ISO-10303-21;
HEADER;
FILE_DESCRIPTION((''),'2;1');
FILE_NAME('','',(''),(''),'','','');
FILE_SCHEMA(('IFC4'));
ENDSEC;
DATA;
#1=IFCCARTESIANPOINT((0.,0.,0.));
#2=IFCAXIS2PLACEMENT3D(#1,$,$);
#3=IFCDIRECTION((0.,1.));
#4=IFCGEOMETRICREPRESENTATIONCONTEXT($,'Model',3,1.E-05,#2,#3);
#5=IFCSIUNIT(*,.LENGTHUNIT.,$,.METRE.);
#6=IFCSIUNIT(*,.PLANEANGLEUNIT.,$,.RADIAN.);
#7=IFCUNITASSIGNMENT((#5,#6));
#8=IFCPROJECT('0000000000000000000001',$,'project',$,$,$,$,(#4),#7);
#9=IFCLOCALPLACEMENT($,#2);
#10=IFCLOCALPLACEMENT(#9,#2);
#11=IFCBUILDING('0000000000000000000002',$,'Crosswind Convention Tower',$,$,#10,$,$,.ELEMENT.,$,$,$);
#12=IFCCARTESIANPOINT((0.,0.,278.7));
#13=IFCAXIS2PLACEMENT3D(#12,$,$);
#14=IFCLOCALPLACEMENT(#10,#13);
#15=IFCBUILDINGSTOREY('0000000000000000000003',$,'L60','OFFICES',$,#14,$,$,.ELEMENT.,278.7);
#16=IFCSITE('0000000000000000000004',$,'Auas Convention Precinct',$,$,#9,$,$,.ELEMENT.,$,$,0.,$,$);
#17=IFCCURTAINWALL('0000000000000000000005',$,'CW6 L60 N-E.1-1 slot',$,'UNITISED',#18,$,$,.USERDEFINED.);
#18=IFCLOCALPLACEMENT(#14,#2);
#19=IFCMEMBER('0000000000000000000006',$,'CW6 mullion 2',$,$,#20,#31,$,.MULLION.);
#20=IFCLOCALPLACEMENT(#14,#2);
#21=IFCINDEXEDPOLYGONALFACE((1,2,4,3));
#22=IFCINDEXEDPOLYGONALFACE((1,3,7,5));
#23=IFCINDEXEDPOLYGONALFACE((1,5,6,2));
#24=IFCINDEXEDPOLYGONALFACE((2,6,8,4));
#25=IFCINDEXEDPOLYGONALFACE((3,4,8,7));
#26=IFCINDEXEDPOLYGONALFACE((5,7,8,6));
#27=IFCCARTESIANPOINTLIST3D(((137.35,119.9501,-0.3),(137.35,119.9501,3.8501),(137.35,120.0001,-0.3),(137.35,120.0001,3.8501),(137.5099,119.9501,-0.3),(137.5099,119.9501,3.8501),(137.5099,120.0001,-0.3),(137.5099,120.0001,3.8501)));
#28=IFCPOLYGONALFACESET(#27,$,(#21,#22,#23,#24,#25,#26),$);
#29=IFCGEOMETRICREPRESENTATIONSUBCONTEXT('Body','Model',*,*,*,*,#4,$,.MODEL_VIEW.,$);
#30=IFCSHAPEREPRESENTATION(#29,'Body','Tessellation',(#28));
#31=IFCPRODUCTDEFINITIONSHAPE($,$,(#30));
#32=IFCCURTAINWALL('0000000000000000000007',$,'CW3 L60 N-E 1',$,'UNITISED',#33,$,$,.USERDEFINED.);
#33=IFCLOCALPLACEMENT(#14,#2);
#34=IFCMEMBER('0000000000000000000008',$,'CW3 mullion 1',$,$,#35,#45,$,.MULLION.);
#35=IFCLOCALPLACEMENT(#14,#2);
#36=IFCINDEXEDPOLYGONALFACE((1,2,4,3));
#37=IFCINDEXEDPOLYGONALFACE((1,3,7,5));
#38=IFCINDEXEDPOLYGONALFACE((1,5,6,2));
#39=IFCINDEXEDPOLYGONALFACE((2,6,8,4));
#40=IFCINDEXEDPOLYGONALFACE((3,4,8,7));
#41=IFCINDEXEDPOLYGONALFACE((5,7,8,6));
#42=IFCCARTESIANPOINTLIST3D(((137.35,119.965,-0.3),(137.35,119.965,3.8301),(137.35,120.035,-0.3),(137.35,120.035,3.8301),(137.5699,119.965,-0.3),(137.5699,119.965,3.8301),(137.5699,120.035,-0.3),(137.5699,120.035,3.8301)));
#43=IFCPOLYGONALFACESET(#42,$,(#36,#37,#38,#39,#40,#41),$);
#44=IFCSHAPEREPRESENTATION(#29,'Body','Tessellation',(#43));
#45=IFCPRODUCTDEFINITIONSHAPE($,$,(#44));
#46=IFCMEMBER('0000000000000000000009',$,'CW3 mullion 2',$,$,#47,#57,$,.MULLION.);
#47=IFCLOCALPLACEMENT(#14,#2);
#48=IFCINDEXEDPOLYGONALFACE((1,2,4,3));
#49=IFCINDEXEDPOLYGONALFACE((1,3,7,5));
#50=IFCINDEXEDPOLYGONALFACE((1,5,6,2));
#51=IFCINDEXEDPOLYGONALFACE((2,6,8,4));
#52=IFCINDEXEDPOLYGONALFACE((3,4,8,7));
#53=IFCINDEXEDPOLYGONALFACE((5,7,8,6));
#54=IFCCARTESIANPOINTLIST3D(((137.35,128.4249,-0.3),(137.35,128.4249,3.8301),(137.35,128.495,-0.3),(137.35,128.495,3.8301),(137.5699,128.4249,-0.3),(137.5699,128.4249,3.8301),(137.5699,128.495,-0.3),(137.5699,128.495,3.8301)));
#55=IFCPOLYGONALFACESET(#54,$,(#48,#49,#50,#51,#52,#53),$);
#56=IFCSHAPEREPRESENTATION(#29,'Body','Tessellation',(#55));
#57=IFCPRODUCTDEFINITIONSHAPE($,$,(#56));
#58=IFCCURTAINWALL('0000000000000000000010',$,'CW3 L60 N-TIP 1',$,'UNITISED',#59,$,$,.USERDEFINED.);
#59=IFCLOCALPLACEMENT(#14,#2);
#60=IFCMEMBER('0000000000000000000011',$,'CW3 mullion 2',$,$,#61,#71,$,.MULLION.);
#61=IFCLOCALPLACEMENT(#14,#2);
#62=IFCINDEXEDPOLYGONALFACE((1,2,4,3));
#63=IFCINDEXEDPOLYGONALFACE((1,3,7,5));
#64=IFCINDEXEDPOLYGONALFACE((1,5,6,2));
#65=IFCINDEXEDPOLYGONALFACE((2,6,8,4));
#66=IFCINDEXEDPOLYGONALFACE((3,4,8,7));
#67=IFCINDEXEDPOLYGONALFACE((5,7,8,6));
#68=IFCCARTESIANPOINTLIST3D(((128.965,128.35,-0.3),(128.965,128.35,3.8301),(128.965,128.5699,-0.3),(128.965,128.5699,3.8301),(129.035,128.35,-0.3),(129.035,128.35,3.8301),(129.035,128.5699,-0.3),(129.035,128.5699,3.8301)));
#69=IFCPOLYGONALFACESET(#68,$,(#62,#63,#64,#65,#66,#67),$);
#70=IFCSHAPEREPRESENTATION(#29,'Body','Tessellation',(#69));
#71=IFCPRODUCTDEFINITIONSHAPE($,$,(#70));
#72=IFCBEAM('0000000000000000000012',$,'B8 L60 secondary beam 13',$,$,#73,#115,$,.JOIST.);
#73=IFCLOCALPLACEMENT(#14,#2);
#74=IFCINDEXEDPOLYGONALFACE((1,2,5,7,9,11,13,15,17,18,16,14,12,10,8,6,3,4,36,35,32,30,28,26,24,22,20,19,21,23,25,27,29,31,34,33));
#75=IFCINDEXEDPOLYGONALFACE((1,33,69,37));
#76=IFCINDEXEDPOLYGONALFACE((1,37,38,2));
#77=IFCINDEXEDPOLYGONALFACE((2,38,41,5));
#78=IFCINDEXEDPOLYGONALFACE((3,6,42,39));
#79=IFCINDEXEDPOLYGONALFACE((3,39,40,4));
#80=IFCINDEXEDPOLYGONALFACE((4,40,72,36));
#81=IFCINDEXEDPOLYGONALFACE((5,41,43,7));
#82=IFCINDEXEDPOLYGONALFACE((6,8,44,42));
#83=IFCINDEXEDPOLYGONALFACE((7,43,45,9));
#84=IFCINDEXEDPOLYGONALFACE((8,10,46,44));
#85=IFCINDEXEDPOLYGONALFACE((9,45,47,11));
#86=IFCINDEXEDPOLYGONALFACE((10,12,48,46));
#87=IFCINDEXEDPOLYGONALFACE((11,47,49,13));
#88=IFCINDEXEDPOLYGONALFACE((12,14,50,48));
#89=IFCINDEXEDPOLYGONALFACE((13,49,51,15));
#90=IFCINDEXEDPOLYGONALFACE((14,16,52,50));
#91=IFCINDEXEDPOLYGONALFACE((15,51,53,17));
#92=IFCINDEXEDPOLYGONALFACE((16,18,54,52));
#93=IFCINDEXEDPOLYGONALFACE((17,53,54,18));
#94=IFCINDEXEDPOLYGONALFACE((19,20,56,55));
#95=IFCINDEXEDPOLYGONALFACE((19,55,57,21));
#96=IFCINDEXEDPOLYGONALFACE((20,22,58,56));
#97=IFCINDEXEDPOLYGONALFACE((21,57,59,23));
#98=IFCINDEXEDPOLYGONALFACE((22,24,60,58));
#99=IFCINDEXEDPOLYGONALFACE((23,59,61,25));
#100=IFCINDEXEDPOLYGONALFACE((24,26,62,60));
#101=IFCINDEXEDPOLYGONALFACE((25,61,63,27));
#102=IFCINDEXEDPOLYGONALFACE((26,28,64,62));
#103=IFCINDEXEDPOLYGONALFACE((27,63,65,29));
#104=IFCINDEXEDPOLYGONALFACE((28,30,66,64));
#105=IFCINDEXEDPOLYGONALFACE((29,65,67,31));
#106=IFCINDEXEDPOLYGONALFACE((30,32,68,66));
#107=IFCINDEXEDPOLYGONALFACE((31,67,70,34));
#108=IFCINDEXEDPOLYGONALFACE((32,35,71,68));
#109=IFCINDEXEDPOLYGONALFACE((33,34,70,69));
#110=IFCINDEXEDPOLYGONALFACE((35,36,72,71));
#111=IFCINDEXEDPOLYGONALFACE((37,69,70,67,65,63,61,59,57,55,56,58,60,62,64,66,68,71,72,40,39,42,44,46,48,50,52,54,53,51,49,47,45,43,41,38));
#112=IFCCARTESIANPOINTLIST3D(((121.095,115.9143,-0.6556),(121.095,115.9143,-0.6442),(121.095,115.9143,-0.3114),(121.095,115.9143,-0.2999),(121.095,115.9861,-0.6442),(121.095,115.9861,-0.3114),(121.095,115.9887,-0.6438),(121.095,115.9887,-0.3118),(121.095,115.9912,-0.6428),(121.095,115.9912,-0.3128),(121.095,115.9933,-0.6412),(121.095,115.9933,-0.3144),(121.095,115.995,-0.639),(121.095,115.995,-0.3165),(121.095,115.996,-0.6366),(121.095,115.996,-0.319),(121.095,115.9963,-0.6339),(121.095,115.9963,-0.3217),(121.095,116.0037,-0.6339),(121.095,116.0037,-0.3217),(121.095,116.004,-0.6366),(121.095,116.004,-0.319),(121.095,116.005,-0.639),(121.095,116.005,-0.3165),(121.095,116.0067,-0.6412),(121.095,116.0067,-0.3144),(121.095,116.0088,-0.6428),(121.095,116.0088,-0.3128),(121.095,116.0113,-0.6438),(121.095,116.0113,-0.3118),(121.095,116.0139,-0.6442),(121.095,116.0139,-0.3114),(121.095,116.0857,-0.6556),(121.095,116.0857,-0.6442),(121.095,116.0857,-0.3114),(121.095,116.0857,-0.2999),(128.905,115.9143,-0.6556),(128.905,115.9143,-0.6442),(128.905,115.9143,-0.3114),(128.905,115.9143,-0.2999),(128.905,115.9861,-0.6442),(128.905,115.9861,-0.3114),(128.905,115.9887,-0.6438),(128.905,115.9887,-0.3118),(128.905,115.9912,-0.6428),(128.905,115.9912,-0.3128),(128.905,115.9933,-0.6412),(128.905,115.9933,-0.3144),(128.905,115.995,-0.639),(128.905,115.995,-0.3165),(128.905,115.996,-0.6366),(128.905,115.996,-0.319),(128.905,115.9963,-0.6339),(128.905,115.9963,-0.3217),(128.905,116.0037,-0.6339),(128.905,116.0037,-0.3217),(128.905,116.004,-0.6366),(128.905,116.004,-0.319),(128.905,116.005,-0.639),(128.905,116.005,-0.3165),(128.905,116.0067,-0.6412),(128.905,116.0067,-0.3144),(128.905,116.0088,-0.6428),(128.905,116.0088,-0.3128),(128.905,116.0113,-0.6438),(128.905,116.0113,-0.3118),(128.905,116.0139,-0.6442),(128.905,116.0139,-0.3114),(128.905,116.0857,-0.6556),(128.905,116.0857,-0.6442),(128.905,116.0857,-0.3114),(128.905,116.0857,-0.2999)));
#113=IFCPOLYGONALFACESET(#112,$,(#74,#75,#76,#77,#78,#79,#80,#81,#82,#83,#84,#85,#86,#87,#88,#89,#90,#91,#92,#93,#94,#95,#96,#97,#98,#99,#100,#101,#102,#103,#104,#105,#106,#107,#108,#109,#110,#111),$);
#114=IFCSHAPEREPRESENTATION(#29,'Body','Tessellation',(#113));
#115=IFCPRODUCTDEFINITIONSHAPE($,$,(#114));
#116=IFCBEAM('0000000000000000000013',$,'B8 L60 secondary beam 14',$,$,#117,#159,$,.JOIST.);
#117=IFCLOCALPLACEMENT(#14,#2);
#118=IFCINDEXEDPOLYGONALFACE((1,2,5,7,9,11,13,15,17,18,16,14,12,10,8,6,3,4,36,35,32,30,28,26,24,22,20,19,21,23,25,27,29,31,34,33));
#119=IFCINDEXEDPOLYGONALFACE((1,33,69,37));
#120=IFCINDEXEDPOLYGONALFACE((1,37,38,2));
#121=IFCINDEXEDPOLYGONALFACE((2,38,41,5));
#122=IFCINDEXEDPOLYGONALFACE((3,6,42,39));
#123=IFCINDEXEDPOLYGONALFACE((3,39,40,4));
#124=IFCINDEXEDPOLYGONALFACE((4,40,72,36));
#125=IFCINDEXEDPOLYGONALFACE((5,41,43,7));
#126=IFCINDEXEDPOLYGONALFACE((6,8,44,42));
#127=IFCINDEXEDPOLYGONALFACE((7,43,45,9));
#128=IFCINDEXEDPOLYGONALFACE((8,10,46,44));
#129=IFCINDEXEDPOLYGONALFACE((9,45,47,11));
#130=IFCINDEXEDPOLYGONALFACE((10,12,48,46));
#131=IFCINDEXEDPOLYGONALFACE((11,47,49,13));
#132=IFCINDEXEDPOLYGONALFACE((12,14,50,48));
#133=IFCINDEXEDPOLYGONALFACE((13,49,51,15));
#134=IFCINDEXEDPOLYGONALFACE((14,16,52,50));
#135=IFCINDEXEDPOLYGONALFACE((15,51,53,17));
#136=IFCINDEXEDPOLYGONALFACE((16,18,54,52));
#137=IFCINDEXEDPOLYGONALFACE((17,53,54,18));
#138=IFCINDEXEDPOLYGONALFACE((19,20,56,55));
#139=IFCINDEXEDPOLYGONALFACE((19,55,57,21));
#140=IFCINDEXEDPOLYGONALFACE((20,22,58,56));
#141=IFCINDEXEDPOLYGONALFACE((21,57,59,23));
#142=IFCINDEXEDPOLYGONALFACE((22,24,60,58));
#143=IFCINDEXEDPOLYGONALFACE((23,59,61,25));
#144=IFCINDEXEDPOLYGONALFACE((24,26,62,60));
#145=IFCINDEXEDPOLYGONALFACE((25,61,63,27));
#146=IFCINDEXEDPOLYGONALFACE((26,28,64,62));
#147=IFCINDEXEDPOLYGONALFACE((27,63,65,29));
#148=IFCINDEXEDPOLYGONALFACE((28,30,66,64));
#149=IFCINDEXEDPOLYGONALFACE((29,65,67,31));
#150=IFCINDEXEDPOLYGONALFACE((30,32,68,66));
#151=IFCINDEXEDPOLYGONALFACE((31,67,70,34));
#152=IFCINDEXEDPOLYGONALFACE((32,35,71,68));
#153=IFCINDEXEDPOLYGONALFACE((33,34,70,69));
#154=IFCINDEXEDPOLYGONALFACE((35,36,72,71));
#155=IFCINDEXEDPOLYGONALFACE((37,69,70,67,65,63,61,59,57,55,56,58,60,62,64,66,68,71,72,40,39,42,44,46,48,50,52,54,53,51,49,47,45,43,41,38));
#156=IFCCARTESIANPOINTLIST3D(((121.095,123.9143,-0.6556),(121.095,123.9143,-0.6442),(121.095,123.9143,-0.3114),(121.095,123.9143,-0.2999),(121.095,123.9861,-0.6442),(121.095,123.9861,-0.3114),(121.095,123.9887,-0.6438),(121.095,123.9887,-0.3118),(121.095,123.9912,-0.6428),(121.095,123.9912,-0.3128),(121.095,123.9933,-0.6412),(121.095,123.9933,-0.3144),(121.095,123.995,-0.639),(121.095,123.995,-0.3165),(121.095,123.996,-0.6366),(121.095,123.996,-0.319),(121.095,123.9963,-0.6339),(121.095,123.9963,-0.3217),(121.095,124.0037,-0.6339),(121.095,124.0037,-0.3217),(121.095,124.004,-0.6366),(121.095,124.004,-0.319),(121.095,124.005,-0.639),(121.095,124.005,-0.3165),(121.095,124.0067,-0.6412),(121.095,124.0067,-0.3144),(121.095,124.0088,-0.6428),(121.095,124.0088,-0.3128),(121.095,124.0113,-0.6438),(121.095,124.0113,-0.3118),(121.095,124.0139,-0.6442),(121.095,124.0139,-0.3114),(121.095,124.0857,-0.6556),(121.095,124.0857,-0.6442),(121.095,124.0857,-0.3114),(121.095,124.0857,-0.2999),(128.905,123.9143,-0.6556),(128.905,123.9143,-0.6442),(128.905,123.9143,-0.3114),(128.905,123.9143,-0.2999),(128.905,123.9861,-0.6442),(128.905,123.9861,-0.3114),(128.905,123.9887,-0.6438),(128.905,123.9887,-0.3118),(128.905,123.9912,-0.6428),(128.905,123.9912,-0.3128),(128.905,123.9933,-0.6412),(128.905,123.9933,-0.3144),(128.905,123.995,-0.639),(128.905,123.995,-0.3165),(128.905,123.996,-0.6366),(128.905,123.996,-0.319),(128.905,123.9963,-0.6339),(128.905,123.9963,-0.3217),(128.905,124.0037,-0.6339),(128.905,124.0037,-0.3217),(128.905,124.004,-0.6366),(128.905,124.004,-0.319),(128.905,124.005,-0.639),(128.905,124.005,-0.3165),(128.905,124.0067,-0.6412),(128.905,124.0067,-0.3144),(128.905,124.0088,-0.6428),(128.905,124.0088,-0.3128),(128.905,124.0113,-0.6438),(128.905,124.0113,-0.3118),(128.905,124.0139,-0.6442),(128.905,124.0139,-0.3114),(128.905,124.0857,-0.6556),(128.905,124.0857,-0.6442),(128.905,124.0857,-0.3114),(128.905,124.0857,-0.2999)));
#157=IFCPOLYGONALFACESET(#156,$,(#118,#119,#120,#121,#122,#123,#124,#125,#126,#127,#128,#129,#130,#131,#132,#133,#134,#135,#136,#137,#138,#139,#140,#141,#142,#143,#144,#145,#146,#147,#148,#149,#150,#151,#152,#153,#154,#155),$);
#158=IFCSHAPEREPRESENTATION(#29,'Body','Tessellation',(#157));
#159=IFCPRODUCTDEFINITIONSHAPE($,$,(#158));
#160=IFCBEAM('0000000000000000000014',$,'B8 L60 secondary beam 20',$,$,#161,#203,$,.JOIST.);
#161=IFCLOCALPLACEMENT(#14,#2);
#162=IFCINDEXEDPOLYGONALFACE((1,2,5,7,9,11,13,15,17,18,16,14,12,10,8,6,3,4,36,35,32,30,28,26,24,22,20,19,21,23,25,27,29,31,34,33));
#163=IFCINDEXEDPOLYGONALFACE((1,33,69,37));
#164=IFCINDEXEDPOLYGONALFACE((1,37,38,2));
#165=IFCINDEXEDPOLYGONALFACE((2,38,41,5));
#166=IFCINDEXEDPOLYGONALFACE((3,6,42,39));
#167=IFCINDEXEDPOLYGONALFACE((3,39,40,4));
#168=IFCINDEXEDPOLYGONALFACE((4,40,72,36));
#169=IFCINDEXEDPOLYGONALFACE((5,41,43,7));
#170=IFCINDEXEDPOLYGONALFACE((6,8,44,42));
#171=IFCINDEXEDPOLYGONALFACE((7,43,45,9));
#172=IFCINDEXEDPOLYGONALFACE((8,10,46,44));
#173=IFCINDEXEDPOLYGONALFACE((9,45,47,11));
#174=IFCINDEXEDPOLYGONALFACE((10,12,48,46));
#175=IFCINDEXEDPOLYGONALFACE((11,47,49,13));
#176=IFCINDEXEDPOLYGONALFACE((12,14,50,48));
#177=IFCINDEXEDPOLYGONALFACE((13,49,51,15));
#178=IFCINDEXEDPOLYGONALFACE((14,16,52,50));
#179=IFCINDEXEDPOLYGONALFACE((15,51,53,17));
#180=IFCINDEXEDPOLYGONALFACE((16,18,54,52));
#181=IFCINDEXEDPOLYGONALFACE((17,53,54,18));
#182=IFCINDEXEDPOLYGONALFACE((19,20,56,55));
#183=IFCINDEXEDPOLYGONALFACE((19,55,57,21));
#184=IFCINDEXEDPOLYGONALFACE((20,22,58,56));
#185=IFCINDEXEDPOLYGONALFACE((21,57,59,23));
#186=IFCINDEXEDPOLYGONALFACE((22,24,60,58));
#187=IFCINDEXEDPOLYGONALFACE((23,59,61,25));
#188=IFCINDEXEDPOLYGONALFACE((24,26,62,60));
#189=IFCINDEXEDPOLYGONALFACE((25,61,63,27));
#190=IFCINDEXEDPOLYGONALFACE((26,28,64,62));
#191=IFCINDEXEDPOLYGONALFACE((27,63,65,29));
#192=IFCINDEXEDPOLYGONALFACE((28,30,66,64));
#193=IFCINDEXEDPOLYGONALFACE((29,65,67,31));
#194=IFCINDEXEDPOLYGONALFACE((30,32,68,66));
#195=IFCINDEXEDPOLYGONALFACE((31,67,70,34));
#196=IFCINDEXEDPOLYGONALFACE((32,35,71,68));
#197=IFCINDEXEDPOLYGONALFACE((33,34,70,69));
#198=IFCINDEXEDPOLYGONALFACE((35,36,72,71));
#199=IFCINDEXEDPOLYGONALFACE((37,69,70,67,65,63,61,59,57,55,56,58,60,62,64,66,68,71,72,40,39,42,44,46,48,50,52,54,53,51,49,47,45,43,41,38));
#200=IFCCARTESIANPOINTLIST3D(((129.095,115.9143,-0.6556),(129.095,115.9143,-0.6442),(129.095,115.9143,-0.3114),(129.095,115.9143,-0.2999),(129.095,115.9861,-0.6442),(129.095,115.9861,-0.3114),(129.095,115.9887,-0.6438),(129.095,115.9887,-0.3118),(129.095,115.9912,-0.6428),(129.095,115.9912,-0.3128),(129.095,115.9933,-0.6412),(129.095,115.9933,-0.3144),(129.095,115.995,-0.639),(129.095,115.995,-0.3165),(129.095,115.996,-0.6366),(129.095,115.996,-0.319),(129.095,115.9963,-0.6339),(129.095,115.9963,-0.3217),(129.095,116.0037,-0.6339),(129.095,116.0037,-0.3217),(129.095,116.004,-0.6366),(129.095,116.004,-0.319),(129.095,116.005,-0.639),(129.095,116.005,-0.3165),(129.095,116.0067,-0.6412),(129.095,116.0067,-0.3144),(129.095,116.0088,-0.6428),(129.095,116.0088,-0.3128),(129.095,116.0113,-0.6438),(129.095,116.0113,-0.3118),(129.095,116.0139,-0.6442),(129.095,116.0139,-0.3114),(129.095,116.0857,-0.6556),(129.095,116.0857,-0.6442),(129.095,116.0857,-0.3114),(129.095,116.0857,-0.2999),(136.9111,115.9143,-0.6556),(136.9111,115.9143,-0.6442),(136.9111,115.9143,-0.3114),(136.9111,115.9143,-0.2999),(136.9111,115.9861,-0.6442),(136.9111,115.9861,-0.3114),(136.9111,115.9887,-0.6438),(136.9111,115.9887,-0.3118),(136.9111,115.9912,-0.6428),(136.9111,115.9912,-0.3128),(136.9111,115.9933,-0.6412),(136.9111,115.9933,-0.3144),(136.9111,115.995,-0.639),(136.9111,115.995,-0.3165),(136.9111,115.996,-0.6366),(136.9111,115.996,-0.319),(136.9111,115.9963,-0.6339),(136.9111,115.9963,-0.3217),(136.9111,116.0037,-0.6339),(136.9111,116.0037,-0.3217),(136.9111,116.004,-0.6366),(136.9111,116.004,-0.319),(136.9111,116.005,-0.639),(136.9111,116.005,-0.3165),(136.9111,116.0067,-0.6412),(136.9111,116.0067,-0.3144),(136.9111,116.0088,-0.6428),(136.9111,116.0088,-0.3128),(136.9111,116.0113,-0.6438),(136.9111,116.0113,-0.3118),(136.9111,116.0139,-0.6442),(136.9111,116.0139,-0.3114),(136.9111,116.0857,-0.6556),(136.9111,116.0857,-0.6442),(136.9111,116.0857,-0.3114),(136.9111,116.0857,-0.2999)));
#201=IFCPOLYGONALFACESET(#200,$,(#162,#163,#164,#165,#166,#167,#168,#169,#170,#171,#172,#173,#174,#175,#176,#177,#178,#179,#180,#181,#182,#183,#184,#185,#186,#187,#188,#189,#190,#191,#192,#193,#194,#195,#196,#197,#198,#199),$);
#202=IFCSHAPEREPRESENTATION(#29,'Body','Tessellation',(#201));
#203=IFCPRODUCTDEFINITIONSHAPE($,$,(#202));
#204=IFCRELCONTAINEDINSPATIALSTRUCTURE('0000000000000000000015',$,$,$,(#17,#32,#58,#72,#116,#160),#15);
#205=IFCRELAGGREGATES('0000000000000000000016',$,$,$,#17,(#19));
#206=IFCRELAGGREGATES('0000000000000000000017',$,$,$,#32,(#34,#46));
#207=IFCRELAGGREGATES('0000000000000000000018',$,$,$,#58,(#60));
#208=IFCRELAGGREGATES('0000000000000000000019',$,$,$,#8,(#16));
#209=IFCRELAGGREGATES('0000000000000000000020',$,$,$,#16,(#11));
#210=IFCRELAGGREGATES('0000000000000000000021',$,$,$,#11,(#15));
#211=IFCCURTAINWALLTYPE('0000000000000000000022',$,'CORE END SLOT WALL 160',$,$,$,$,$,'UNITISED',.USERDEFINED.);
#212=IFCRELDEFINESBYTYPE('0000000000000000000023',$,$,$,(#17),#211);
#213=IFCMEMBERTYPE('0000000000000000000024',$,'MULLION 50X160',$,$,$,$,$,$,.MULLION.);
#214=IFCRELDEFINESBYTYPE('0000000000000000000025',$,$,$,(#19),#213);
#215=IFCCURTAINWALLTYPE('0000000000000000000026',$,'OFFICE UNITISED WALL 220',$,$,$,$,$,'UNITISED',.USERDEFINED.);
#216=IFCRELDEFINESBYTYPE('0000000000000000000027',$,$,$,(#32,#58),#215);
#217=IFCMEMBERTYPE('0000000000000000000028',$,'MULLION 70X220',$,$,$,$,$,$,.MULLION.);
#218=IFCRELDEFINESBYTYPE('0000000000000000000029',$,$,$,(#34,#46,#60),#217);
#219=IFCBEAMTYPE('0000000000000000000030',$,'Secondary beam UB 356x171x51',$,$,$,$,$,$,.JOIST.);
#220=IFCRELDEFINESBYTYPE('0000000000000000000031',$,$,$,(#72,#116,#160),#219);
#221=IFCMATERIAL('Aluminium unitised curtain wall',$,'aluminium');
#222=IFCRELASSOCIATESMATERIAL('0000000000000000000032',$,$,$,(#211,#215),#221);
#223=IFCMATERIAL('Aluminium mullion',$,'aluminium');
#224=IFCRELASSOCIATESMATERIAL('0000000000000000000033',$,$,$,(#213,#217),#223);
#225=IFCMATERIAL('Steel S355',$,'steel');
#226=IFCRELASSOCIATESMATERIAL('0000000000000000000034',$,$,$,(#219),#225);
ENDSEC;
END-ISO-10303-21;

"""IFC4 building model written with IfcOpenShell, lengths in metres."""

from ifc_helpers import new_model, si_unit, direction, frame, origin, origin_2d, place, context, subcontext, project, spatial, rectangle, i_section, extrude, material, material_profile, profile_set, type_object, element, aggregate, save


model = new_model("IFC4")

# Units and contexts
model_context = context("Model", 3, precision=1e-05, world=origin(), true_north=direction((0.0, 1.0)))
body_context = subcontext(model_context, "Body", "Model", "MODEL_VIEW")
ifc_project = project(units=[si_unit("LENGTHUNIT", "METRE"), si_unit("PLANEANGLEUNIT", "RADIAN")], contexts=[model_context])

# Site, building, storey
site_placement = place(None, origin())
site = spatial("IfcSite", under=ifc_project, at=site_placement, Name="Auas Convention Precinct", CompositionType="ELEMENT", RefElevation=0.0)
building_placement = place(site_placement, origin())
building = spatial("IfcBuilding", under=site, at=building_placement, Name="Crosswind Convention Tower", CompositionType="ELEMENT")
storey_placement = place(building_placement, frame((0.0, 0.0, 278.7)))
storey = spatial("IfcBuildingStorey", under=building, at=storey_placement, Name="L60", Description="OFFICES", CompositionType="ELEMENT", Elevation=278.7)

# Shared definitions
ifc_material_1 = material(Name="Steel S355", Category="steel")

# Curtain walls, members
ifc_material_2 = material(Name="Aluminium unitised curtain wall", Category="aluminium")
curtain_wall_type_1 = type_object("IfcCurtainWallType", Name="CORE END SLOT WALL 160", ElementType="UNITISED", PredefinedType="USERDEFINED", material=ifc_material_2)
curtain_wall_1_placement = place(storey_placement, origin())
curtain_wall_1 = element("IfcCurtainWall", 1, at=curtain_wall_1_placement, inside=storey, type_object=curtain_wall_type_1, Name="CW6 L60 N-E.1-1 slot", ObjectType="UNITISED", PredefinedType="USERDEFINED")
ifc_material_3 = material(Name="Aluminium mullion", Category="aluminium")
ifc_material_profile_1 = material_profile(ifc_material_3, rectangle(XDim=0.1599, YDim=0.05, at=origin_2d()), Name="AL 160X50")
ifc_profile_set_1 = profile_set([ifc_material_profile_1], Name="Aluminium mullion")
member_type_1 = type_object("IfcMemberType", Name="MULLION 50X160", PredefinedType="MULLION", material=ifc_profile_set_1)
member_1_placement = place(storey_placement, frame((137.4299, 119.9751, -0.3), z_axis=(0.0, 0.0, 1.0), x_axis=(1.0, 0.0, 0.0)))
member_1 = element("IfcMember", 2, at=member_1_placement, type_object=member_type_1, Name="CW6 mullion 2", PredefinedType="MULLION", context=body_context, shape_type="SweptSolid", body=[
    extrude(rectangle(XDim=0.1599, YDim=0.05, at=origin_2d()), origin(), (0.0, 0.0, 1.0), 4.1501),
])
curtain_wall_type_2 = type_object("IfcCurtainWallType", Name="OFFICE UNITISED WALL 220", ElementType="UNITISED", PredefinedType="USERDEFINED", material=ifc_material_2)
curtain_wall_2_placement = place(storey_placement, origin())
curtain_wall_2 = element("IfcCurtainWall", 3, at=curtain_wall_2_placement, inside=storey, type_object=curtain_wall_type_2, Name="CW3 L60 N-E 1", ObjectType="UNITISED", PredefinedType="USERDEFINED")
ifc_material_profile_2 = material_profile(ifc_material_3, rectangle(XDim=0.22, YDim=0.0701, at=origin_2d()), Name="AL 220X70")
ifc_profile_set_2 = profile_set([ifc_material_profile_2], Name="Aluminium mullion")
member_type_2 = type_object("IfcMemberType", Name="MULLION 70X220", PredefinedType="MULLION", material=ifc_profile_set_2)
member_2_placement = place(storey_placement, frame((137.46, 120.0, -0.3), z_axis=(0.0, 0.0, 1.0), x_axis=(1.0, 0.0, 0.0)))
member_2 = element("IfcMember", 4, at=member_2_placement, type_object=member_type_2, Name="CW3 mullion 1", PredefinedType="MULLION", context=body_context, shape_type="SweptSolid", body=[
    extrude(rectangle(XDim=0.22, YDim=0.0701, at=origin_2d()), origin(), (0.0, 0.0, 1.0), 4.1301),
])
member_3_placement = place(storey_placement, frame((137.46, 128.46, -0.3), z_axis=(0.0, 0.0, 1.0), x_axis=(1.0, 0.0, 0.0)))
member_3 = element("IfcMember", 5, at=member_3_placement, type_object=member_type_2, Name="CW3 mullion 2", PredefinedType="MULLION", context=body_context, shape_type="SweptSolid", body=[
    extrude(rectangle(XDim=0.22, YDim=0.0701, at=origin_2d()), origin(), (0.0, 0.0, 1.0), 4.1301),
])

# Curtain wall, member
curtain_wall_3_placement = place(storey_placement, origin())
curtain_wall_3 = element("IfcCurtainWall", 6, at=curtain_wall_3_placement, inside=storey, type_object=curtain_wall_type_2, Name="CW3 L60 N-TIP 1", ObjectType="UNITISED", PredefinedType="USERDEFINED")
member_4_placement = place(storey_placement, frame((129.0, 128.46, -0.3), z_axis=(0.0, 0.0, 1.0), x_axis=(0.0, 1.0, 0.0)))
member_4 = element("IfcMember", 7, at=member_4_placement, type_object=member_type_2, Name="CW3 mullion 2", PredefinedType="MULLION", context=body_context, shape_type="SweptSolid", body=[
    extrude(rectangle(XDim=0.22, YDim=0.0701, at=origin_2d()), origin(), (0.0, 0.0, 1.0), 4.1301),
])

# Beams
ifc_material_profile_3 = material_profile(ifc_material_1, i_section(OverallWidth=0.1714, OverallDepth=0.3557, WebThickness=0.0073, FlangeThickness=0.0115, FilletRadius=0.0103, at=origin_2d()), Name="UB 356x171x51")
ifc_profile_set_3 = profile_set([ifc_material_profile_3], Name="Steel S355")
beam_type_1 = type_object("IfcBeamType", Name="Secondary beam UB 356x171x51", PredefinedType="JOIST", material=ifc_profile_set_3)
for number, where, z_axis, x_axis, name in (
    (8, (121.095, 116.0, -0.4778), (1.0, 0.0, 0.0), (0.0, 1.0, 0.0), "B8 L60 secondary beam 13"),
    (9, (121.095, 124.0, -0.4778), (1.0, 0.0, 0.0), (0.0, 1.0, 0.0), "B8 L60 secondary beam 14"),
):
    element("IfcBeam", number, at=place(storey_placement, frame(where, z_axis=z_axis, x_axis=x_axis)), inside=storey, type_object=beam_type_1, Name=name, PredefinedType="JOIST", context=body_context, shape_type="SweptSolid", body=[
        extrude(i_section(OverallWidth=0.1714, OverallDepth=0.3557, WebThickness=0.0073, FlangeThickness=0.0115, FilletRadius=0.0103, at=origin_2d()), origin(), (0.0, 0.0, 1.0), 7.8101),
    ])
for number, where, z_axis, x_axis, name in (
    (10, (129.095, 116.0, -0.4778), (1.0, 0.0, 0.0), (0.0, 1.0, 0.0), "B8 L60 secondary beam 20"),
):
    element("IfcBeam", number, at=place(storey_placement, frame(where, z_axis=z_axis, x_axis=x_axis)), inside=storey, type_object=beam_type_1, Name=name, PredefinedType="JOIST", context=body_context, shape_type="SweptSolid", body=[
        extrude(i_section(OverallWidth=0.1714, OverallDepth=0.3557, WebThickness=0.0073, FlangeThickness=0.0115, FilletRadius=0.0103, at=origin_2d()), origin(), (0.0, 0.0, 1.0), 7.8162),
    ])

aggregate(curtain_wall_1, [member_1])

aggregate(curtain_wall_2, [member_2, member_3])
aggregate(curtain_wall_3, [member_4])

save(model, "model.ifc")
